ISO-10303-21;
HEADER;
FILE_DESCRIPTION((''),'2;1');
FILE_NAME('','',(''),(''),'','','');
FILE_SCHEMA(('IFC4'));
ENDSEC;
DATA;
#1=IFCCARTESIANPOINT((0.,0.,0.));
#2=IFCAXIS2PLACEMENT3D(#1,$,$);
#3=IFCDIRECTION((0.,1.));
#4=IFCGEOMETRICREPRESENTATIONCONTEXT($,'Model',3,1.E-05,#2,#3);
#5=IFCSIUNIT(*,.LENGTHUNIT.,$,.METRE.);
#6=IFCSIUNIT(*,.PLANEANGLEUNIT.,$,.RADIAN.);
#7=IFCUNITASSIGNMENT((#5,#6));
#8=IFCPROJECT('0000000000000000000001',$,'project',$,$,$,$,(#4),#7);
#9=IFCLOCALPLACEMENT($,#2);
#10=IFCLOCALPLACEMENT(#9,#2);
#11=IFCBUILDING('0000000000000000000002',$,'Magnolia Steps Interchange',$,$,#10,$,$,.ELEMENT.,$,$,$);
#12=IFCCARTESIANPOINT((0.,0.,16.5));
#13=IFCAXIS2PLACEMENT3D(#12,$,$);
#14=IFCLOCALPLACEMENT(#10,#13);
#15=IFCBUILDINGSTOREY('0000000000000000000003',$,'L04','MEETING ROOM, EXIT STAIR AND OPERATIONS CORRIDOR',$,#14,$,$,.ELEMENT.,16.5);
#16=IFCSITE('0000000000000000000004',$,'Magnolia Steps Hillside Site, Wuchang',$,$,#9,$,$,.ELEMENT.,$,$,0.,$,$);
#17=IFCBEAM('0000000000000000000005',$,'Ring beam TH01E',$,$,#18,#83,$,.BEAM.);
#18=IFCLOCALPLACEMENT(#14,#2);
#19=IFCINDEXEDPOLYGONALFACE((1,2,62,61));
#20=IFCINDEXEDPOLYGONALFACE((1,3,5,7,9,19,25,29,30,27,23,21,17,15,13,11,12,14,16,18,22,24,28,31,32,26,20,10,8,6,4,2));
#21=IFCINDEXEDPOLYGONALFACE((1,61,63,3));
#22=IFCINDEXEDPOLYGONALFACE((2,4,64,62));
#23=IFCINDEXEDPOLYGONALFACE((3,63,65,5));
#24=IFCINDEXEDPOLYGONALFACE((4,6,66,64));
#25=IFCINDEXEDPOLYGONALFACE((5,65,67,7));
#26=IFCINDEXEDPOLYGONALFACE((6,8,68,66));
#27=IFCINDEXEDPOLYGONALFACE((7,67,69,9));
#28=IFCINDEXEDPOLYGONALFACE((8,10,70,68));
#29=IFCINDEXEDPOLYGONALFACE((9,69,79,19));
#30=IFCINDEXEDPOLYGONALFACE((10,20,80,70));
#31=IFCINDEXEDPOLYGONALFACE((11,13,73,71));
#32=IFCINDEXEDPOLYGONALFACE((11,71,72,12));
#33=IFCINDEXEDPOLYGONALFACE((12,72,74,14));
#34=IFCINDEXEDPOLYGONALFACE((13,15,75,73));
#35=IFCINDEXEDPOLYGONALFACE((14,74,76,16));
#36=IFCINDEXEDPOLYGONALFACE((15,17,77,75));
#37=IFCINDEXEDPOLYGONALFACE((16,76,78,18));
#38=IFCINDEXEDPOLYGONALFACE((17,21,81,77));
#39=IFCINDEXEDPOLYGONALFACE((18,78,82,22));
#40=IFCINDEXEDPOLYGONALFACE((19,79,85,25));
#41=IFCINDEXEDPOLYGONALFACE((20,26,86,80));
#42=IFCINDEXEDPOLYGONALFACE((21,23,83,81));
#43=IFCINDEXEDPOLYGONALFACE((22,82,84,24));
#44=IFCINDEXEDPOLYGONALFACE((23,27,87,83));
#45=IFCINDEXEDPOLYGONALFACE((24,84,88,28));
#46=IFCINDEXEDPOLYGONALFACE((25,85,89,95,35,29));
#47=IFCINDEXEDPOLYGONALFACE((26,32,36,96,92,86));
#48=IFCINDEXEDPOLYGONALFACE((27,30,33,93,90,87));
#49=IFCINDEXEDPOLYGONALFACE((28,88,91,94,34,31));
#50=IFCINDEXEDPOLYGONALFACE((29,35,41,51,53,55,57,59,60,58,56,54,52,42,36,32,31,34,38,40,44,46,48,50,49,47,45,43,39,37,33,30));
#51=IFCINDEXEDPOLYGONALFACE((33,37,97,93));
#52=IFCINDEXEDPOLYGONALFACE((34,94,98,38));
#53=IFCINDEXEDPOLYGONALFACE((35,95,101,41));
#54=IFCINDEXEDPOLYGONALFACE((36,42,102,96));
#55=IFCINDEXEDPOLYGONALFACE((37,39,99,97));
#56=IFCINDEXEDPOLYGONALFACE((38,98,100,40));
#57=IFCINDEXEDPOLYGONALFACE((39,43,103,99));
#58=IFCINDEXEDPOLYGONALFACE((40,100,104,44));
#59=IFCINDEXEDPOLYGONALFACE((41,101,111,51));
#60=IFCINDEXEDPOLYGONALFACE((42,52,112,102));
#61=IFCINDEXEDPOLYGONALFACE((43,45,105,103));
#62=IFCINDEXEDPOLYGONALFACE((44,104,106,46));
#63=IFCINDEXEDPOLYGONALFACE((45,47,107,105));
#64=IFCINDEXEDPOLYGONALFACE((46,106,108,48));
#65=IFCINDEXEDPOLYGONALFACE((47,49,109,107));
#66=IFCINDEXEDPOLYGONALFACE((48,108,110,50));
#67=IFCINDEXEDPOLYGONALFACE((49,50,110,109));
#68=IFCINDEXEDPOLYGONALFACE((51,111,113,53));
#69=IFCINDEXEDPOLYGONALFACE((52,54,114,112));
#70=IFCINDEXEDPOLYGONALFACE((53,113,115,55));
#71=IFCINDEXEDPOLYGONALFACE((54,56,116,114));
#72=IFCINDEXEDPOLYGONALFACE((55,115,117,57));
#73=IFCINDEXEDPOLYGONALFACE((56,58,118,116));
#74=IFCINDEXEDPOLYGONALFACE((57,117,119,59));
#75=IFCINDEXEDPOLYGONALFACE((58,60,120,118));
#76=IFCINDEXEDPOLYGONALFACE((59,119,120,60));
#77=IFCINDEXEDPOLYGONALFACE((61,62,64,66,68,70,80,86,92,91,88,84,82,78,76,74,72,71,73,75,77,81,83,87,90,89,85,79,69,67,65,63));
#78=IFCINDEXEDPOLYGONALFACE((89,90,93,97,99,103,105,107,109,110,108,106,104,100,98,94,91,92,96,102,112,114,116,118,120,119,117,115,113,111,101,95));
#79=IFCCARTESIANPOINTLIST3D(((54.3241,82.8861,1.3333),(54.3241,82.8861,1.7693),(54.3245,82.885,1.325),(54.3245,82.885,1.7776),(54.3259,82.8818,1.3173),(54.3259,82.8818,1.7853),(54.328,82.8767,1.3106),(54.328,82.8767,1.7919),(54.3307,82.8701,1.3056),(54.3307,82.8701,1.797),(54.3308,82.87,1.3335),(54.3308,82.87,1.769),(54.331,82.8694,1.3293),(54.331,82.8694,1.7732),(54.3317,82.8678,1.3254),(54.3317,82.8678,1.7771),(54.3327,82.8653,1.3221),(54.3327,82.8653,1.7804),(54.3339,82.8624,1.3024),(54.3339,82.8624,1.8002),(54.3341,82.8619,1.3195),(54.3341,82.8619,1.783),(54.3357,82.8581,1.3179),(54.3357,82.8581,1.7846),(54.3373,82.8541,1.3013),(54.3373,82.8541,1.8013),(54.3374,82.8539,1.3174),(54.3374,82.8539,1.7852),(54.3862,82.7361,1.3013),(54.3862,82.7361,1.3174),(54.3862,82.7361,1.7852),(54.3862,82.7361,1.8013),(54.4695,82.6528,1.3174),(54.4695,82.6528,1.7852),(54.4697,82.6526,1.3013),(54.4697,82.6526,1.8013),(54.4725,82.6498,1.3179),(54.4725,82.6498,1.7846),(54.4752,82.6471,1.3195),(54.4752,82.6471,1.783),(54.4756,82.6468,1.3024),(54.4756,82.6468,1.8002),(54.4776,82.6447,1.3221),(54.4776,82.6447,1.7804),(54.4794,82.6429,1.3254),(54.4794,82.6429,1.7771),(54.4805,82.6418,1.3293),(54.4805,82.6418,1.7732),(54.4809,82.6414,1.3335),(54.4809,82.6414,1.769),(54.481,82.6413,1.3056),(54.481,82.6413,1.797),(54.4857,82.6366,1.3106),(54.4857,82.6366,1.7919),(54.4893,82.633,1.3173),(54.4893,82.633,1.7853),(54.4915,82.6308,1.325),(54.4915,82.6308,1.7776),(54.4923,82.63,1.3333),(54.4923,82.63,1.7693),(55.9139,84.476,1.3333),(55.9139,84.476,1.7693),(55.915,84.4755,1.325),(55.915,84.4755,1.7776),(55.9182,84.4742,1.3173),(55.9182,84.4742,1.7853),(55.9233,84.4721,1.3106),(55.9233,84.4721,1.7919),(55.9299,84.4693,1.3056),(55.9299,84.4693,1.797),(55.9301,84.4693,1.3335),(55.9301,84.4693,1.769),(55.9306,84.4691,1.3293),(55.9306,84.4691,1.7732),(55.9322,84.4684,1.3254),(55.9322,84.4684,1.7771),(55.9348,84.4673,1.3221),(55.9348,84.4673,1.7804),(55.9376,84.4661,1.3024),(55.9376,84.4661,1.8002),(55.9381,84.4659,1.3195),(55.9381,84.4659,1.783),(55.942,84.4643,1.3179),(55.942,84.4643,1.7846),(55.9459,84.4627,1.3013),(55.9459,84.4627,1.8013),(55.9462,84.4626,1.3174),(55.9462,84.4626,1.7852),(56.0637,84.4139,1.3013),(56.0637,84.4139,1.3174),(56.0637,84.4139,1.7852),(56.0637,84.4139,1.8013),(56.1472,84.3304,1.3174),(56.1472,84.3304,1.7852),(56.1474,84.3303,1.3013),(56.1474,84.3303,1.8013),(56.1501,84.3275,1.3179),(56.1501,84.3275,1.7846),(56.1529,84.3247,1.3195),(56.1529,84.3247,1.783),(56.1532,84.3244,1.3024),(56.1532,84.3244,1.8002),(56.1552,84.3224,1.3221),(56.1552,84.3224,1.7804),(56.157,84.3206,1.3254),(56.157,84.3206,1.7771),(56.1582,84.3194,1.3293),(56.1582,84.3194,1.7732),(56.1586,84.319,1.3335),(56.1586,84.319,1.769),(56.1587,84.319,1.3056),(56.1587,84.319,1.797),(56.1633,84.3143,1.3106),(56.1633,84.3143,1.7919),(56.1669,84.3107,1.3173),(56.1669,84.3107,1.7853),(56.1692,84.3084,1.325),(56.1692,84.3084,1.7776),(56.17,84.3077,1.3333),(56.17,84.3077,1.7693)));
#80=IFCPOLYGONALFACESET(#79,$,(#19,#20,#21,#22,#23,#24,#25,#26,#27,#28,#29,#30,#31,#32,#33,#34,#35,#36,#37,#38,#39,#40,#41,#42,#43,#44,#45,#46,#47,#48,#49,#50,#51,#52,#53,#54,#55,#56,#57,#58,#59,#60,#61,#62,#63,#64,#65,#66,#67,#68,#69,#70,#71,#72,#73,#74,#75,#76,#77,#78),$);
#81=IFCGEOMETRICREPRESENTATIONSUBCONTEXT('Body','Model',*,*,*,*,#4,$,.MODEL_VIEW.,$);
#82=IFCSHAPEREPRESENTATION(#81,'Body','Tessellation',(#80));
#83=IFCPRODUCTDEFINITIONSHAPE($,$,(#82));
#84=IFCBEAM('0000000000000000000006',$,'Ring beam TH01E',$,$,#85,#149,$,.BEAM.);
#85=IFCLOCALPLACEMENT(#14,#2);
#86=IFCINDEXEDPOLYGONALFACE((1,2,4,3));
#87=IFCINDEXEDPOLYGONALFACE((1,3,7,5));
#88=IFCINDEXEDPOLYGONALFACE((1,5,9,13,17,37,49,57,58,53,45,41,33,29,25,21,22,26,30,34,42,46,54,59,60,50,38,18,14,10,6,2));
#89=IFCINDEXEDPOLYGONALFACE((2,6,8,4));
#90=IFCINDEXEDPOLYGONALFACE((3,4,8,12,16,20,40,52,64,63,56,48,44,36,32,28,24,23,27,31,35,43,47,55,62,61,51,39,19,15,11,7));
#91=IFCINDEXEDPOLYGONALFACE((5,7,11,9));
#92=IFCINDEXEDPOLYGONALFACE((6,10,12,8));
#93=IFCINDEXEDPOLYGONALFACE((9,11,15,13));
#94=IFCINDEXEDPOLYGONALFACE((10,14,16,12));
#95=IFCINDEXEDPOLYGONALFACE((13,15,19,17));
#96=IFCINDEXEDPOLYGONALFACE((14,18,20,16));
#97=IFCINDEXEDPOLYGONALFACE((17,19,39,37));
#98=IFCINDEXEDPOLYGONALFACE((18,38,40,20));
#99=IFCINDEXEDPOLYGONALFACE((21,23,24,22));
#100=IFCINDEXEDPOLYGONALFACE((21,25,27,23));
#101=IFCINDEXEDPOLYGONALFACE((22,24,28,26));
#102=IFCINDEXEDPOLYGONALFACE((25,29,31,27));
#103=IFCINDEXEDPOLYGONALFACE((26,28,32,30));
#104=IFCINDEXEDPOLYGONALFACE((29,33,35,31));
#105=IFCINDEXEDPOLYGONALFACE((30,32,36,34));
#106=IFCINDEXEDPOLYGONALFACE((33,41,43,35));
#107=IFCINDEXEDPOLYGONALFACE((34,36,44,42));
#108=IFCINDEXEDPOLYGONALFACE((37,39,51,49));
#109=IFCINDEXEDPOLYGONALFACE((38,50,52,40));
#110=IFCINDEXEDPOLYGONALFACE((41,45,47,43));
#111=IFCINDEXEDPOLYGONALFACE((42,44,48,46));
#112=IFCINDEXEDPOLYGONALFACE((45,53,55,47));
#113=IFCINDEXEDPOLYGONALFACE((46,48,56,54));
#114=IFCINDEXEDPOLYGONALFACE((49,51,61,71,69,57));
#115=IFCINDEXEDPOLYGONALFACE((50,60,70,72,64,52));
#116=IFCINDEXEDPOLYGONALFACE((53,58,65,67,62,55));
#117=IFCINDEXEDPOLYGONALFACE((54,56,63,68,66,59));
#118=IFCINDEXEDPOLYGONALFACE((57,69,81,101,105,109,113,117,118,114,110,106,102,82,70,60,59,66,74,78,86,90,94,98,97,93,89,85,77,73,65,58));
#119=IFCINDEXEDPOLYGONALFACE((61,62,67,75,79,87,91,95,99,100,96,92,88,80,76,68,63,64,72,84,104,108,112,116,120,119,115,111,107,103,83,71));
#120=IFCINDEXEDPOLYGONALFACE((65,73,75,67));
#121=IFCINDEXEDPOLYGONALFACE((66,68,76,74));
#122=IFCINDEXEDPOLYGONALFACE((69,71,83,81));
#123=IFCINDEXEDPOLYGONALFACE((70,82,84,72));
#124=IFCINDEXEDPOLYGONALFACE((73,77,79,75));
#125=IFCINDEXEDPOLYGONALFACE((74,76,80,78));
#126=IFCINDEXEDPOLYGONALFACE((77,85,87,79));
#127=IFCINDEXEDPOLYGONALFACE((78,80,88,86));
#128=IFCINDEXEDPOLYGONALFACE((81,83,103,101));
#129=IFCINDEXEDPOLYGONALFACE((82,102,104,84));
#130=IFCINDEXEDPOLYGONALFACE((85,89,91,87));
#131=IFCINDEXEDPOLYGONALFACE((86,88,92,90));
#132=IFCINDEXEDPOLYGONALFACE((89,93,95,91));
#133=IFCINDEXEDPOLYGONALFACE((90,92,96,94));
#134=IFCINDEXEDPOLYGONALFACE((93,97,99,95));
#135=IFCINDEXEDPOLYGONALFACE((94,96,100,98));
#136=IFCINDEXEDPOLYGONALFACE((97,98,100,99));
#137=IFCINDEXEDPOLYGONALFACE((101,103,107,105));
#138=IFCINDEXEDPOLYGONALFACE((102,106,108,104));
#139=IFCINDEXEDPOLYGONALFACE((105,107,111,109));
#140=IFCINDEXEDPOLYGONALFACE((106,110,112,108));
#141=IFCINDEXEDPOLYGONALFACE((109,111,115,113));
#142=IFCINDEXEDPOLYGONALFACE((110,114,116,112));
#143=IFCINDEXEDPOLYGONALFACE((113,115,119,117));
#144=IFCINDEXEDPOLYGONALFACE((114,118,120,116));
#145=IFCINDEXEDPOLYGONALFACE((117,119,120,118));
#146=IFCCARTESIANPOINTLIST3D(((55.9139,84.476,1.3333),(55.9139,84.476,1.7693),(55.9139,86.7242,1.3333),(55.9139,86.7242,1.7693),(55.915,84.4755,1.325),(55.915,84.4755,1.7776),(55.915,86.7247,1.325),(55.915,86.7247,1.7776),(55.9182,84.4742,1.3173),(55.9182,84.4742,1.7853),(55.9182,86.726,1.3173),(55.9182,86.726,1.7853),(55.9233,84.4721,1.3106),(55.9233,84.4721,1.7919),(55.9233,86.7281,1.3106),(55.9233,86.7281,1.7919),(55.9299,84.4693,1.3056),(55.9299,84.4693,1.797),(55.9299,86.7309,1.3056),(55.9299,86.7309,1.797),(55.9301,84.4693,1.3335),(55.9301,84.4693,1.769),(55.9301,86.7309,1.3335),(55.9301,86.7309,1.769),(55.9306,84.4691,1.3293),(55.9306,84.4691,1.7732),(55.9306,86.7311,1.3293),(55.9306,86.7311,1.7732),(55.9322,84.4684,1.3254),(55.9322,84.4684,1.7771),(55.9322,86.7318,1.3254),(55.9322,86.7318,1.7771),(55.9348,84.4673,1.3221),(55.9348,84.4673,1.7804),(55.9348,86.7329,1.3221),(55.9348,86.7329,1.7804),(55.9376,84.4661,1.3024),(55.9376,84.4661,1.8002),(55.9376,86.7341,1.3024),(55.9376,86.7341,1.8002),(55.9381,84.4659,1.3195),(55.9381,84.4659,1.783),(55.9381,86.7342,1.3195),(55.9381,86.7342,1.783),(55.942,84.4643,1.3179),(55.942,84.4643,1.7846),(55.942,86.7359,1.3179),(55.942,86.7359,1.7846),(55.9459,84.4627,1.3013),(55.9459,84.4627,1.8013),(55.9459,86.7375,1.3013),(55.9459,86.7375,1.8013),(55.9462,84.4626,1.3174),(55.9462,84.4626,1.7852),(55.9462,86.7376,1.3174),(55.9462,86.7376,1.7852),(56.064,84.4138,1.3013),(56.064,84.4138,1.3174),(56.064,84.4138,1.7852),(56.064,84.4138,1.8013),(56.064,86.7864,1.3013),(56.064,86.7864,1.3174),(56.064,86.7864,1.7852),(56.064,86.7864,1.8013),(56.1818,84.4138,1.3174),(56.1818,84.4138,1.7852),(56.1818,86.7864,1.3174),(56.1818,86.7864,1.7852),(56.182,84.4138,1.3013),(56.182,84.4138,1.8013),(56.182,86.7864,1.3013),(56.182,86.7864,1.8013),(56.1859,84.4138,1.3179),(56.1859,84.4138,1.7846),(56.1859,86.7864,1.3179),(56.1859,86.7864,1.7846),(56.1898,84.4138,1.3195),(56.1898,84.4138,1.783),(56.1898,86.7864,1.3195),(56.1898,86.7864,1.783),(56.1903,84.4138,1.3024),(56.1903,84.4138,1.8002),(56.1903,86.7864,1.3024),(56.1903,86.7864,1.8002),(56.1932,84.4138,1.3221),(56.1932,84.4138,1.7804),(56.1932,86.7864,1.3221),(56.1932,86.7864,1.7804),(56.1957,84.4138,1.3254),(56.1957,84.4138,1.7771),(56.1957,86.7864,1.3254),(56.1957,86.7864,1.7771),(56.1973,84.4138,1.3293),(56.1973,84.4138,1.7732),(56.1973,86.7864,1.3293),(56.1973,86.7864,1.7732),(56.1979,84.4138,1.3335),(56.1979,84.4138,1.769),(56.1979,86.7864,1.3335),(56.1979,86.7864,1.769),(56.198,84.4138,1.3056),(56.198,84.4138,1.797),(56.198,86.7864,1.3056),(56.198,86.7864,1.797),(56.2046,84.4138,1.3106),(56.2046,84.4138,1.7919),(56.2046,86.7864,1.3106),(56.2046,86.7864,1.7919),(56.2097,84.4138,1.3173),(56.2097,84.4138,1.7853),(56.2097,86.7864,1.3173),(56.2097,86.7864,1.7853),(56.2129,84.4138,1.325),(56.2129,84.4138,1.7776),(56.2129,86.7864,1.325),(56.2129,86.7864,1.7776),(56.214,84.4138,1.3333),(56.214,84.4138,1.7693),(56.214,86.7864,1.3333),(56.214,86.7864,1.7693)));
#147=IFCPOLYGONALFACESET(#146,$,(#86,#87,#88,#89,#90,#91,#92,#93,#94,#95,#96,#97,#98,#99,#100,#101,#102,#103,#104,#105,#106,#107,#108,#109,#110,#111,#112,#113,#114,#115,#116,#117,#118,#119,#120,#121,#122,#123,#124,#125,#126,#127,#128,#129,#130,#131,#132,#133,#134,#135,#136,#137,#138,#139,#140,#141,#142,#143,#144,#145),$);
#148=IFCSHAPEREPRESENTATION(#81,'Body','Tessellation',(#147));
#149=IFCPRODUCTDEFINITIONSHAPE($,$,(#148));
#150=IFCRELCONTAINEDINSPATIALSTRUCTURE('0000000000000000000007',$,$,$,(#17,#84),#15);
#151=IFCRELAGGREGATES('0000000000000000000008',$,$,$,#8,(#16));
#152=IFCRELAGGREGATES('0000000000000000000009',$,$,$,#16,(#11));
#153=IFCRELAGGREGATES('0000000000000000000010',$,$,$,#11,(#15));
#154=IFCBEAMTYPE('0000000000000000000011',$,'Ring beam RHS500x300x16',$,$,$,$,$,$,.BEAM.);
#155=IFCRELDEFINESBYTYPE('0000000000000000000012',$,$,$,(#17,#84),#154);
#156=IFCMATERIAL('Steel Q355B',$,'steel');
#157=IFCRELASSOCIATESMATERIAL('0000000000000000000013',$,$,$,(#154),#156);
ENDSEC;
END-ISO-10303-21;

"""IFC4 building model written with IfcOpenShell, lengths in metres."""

from ifc_helpers import new_model, si_unit, direction, frame, origin, origin_2d, place, context, subcontext, project, spatial, hollow_rectangle, extrude, clip, halfspace, material, material_profile, profile_set, type_object, element, save


model = new_model("IFC4")

# Units and contexts
model_context = context("Model", 3, precision=1e-05, world=origin(), true_north=direction((0.0, 1.0)))
body_context = subcontext(model_context, "Body", "Model", "MODEL_VIEW")
ifc_project = project(units=[si_unit("LENGTHUNIT", "METRE"), si_unit("PLANEANGLEUNIT", "RADIAN")], contexts=[model_context])

# Site, building, storey
site_placement = place(None, origin())
site = spatial("IfcSite", under=ifc_project, at=site_placement, Name="Magnolia Steps Hillside Site, Wuchang", CompositionType="ELEMENT", RefElevation=0.0)
building_placement = place(site_placement, origin())
building = spatial("IfcBuilding", under=site, at=building_placement, Name="Magnolia Steps Interchange", CompositionType="ELEMENT")
storey_placement = place(building_placement, frame((0.0, 0.0, 16.5)))
storey = spatial("IfcBuildingStorey", under=building, at=storey_placement, Name="L04", Description="MEETING ROOM, EXIT STAIR AND OPERATIONS CORRIDOR", CompositionType="ELEMENT", Elevation=16.5)

# Beams
ifc_material_1 = material(Name="Steel Q355B", Category="steel")
ifc_material_profile_1 = material_profile(ifc_material_1, hollow_rectangle(XDim=0.3, YDim=0.5, WallThickness=0.0161, InnerFilletRadius=0.0161, OuterFilletRadius=0.032, at=origin_2d()), Name="RHS500x300x16")
ifc_profile_set_1 = profile_set([ifc_material_profile_1], Name="Steel Q355B")
beam_type_1 = type_object("IfcBeamType", Name="Ring beam RHS500x300x16", PredefinedType="BEAM", material=ifc_profile_set_1)
beam_1_placement = place(storey_placement, frame((54.3862, 82.7361, 1.5513), z_axis=(0.707107, 0.707107, 0.0), x_axis=(-0.707107, 0.707107, 0.0)))
element("IfcBeam", 1, at=beam_1_placement, inside=storey, type_object=beam_type_1, Name="Ring beam TH01E", PredefinedType="BEAM", context=body_context, shape_type="Clipping", body=[
    clip(clip(extrude(hollow_rectangle(XDim=0.3, YDim=0.5, WallThickness=0.0161, InnerFilletRadius=0.0161, OuterFilletRadius=0.032, at=origin_2d()), origin(), (0.0, 0.0, 1.0), 2.3726), halfspace(frame((0.0, 0.0, 0.0), z_axis=(0.382683, 0.0, -0.92388), x_axis=(0.92388, 0.0, 0.382683)), False)), halfspace(frame((0.0, 0.0, 2.3727), z_axis=(0.382683, 0.0, 0.92388), x_axis=(0.92388, 0.0, -0.382683)), False)),
])
beam_2_placement = place(storey_placement, frame((56.064, 84.4138, 1.5513), z_axis=(0.0, 1.0, 0.0), x_axis=(-1.0, 0.0, 0.0)))
element("IfcBeam", 2, at=beam_2_placement, inside=storey, type_object=beam_type_1, Name="Ring beam TH01E", PredefinedType="BEAM", context=body_context, shape_type="Clipping", body=[
    clip(clip(extrude(hollow_rectangle(XDim=0.3, YDim=0.5, WallThickness=0.0161, InnerFilletRadius=0.0161, OuterFilletRadius=0.032, at=origin_2d()), origin(), (0.0, 0.0, 1.0), 2.3726), halfspace(frame((0.0, 0.0, 0.0), z_axis=(0.382683, 0.0, -0.92388), x_axis=(0.92388, 0.0, 0.382683)), False)), halfspace(frame((0.0, 0.0, 2.3726), z_axis=(0.382683, 0.0, 0.92388), x_axis=(0.92388, 0.0, -0.382683)), False)),
])

save(model, "model.ifc")
